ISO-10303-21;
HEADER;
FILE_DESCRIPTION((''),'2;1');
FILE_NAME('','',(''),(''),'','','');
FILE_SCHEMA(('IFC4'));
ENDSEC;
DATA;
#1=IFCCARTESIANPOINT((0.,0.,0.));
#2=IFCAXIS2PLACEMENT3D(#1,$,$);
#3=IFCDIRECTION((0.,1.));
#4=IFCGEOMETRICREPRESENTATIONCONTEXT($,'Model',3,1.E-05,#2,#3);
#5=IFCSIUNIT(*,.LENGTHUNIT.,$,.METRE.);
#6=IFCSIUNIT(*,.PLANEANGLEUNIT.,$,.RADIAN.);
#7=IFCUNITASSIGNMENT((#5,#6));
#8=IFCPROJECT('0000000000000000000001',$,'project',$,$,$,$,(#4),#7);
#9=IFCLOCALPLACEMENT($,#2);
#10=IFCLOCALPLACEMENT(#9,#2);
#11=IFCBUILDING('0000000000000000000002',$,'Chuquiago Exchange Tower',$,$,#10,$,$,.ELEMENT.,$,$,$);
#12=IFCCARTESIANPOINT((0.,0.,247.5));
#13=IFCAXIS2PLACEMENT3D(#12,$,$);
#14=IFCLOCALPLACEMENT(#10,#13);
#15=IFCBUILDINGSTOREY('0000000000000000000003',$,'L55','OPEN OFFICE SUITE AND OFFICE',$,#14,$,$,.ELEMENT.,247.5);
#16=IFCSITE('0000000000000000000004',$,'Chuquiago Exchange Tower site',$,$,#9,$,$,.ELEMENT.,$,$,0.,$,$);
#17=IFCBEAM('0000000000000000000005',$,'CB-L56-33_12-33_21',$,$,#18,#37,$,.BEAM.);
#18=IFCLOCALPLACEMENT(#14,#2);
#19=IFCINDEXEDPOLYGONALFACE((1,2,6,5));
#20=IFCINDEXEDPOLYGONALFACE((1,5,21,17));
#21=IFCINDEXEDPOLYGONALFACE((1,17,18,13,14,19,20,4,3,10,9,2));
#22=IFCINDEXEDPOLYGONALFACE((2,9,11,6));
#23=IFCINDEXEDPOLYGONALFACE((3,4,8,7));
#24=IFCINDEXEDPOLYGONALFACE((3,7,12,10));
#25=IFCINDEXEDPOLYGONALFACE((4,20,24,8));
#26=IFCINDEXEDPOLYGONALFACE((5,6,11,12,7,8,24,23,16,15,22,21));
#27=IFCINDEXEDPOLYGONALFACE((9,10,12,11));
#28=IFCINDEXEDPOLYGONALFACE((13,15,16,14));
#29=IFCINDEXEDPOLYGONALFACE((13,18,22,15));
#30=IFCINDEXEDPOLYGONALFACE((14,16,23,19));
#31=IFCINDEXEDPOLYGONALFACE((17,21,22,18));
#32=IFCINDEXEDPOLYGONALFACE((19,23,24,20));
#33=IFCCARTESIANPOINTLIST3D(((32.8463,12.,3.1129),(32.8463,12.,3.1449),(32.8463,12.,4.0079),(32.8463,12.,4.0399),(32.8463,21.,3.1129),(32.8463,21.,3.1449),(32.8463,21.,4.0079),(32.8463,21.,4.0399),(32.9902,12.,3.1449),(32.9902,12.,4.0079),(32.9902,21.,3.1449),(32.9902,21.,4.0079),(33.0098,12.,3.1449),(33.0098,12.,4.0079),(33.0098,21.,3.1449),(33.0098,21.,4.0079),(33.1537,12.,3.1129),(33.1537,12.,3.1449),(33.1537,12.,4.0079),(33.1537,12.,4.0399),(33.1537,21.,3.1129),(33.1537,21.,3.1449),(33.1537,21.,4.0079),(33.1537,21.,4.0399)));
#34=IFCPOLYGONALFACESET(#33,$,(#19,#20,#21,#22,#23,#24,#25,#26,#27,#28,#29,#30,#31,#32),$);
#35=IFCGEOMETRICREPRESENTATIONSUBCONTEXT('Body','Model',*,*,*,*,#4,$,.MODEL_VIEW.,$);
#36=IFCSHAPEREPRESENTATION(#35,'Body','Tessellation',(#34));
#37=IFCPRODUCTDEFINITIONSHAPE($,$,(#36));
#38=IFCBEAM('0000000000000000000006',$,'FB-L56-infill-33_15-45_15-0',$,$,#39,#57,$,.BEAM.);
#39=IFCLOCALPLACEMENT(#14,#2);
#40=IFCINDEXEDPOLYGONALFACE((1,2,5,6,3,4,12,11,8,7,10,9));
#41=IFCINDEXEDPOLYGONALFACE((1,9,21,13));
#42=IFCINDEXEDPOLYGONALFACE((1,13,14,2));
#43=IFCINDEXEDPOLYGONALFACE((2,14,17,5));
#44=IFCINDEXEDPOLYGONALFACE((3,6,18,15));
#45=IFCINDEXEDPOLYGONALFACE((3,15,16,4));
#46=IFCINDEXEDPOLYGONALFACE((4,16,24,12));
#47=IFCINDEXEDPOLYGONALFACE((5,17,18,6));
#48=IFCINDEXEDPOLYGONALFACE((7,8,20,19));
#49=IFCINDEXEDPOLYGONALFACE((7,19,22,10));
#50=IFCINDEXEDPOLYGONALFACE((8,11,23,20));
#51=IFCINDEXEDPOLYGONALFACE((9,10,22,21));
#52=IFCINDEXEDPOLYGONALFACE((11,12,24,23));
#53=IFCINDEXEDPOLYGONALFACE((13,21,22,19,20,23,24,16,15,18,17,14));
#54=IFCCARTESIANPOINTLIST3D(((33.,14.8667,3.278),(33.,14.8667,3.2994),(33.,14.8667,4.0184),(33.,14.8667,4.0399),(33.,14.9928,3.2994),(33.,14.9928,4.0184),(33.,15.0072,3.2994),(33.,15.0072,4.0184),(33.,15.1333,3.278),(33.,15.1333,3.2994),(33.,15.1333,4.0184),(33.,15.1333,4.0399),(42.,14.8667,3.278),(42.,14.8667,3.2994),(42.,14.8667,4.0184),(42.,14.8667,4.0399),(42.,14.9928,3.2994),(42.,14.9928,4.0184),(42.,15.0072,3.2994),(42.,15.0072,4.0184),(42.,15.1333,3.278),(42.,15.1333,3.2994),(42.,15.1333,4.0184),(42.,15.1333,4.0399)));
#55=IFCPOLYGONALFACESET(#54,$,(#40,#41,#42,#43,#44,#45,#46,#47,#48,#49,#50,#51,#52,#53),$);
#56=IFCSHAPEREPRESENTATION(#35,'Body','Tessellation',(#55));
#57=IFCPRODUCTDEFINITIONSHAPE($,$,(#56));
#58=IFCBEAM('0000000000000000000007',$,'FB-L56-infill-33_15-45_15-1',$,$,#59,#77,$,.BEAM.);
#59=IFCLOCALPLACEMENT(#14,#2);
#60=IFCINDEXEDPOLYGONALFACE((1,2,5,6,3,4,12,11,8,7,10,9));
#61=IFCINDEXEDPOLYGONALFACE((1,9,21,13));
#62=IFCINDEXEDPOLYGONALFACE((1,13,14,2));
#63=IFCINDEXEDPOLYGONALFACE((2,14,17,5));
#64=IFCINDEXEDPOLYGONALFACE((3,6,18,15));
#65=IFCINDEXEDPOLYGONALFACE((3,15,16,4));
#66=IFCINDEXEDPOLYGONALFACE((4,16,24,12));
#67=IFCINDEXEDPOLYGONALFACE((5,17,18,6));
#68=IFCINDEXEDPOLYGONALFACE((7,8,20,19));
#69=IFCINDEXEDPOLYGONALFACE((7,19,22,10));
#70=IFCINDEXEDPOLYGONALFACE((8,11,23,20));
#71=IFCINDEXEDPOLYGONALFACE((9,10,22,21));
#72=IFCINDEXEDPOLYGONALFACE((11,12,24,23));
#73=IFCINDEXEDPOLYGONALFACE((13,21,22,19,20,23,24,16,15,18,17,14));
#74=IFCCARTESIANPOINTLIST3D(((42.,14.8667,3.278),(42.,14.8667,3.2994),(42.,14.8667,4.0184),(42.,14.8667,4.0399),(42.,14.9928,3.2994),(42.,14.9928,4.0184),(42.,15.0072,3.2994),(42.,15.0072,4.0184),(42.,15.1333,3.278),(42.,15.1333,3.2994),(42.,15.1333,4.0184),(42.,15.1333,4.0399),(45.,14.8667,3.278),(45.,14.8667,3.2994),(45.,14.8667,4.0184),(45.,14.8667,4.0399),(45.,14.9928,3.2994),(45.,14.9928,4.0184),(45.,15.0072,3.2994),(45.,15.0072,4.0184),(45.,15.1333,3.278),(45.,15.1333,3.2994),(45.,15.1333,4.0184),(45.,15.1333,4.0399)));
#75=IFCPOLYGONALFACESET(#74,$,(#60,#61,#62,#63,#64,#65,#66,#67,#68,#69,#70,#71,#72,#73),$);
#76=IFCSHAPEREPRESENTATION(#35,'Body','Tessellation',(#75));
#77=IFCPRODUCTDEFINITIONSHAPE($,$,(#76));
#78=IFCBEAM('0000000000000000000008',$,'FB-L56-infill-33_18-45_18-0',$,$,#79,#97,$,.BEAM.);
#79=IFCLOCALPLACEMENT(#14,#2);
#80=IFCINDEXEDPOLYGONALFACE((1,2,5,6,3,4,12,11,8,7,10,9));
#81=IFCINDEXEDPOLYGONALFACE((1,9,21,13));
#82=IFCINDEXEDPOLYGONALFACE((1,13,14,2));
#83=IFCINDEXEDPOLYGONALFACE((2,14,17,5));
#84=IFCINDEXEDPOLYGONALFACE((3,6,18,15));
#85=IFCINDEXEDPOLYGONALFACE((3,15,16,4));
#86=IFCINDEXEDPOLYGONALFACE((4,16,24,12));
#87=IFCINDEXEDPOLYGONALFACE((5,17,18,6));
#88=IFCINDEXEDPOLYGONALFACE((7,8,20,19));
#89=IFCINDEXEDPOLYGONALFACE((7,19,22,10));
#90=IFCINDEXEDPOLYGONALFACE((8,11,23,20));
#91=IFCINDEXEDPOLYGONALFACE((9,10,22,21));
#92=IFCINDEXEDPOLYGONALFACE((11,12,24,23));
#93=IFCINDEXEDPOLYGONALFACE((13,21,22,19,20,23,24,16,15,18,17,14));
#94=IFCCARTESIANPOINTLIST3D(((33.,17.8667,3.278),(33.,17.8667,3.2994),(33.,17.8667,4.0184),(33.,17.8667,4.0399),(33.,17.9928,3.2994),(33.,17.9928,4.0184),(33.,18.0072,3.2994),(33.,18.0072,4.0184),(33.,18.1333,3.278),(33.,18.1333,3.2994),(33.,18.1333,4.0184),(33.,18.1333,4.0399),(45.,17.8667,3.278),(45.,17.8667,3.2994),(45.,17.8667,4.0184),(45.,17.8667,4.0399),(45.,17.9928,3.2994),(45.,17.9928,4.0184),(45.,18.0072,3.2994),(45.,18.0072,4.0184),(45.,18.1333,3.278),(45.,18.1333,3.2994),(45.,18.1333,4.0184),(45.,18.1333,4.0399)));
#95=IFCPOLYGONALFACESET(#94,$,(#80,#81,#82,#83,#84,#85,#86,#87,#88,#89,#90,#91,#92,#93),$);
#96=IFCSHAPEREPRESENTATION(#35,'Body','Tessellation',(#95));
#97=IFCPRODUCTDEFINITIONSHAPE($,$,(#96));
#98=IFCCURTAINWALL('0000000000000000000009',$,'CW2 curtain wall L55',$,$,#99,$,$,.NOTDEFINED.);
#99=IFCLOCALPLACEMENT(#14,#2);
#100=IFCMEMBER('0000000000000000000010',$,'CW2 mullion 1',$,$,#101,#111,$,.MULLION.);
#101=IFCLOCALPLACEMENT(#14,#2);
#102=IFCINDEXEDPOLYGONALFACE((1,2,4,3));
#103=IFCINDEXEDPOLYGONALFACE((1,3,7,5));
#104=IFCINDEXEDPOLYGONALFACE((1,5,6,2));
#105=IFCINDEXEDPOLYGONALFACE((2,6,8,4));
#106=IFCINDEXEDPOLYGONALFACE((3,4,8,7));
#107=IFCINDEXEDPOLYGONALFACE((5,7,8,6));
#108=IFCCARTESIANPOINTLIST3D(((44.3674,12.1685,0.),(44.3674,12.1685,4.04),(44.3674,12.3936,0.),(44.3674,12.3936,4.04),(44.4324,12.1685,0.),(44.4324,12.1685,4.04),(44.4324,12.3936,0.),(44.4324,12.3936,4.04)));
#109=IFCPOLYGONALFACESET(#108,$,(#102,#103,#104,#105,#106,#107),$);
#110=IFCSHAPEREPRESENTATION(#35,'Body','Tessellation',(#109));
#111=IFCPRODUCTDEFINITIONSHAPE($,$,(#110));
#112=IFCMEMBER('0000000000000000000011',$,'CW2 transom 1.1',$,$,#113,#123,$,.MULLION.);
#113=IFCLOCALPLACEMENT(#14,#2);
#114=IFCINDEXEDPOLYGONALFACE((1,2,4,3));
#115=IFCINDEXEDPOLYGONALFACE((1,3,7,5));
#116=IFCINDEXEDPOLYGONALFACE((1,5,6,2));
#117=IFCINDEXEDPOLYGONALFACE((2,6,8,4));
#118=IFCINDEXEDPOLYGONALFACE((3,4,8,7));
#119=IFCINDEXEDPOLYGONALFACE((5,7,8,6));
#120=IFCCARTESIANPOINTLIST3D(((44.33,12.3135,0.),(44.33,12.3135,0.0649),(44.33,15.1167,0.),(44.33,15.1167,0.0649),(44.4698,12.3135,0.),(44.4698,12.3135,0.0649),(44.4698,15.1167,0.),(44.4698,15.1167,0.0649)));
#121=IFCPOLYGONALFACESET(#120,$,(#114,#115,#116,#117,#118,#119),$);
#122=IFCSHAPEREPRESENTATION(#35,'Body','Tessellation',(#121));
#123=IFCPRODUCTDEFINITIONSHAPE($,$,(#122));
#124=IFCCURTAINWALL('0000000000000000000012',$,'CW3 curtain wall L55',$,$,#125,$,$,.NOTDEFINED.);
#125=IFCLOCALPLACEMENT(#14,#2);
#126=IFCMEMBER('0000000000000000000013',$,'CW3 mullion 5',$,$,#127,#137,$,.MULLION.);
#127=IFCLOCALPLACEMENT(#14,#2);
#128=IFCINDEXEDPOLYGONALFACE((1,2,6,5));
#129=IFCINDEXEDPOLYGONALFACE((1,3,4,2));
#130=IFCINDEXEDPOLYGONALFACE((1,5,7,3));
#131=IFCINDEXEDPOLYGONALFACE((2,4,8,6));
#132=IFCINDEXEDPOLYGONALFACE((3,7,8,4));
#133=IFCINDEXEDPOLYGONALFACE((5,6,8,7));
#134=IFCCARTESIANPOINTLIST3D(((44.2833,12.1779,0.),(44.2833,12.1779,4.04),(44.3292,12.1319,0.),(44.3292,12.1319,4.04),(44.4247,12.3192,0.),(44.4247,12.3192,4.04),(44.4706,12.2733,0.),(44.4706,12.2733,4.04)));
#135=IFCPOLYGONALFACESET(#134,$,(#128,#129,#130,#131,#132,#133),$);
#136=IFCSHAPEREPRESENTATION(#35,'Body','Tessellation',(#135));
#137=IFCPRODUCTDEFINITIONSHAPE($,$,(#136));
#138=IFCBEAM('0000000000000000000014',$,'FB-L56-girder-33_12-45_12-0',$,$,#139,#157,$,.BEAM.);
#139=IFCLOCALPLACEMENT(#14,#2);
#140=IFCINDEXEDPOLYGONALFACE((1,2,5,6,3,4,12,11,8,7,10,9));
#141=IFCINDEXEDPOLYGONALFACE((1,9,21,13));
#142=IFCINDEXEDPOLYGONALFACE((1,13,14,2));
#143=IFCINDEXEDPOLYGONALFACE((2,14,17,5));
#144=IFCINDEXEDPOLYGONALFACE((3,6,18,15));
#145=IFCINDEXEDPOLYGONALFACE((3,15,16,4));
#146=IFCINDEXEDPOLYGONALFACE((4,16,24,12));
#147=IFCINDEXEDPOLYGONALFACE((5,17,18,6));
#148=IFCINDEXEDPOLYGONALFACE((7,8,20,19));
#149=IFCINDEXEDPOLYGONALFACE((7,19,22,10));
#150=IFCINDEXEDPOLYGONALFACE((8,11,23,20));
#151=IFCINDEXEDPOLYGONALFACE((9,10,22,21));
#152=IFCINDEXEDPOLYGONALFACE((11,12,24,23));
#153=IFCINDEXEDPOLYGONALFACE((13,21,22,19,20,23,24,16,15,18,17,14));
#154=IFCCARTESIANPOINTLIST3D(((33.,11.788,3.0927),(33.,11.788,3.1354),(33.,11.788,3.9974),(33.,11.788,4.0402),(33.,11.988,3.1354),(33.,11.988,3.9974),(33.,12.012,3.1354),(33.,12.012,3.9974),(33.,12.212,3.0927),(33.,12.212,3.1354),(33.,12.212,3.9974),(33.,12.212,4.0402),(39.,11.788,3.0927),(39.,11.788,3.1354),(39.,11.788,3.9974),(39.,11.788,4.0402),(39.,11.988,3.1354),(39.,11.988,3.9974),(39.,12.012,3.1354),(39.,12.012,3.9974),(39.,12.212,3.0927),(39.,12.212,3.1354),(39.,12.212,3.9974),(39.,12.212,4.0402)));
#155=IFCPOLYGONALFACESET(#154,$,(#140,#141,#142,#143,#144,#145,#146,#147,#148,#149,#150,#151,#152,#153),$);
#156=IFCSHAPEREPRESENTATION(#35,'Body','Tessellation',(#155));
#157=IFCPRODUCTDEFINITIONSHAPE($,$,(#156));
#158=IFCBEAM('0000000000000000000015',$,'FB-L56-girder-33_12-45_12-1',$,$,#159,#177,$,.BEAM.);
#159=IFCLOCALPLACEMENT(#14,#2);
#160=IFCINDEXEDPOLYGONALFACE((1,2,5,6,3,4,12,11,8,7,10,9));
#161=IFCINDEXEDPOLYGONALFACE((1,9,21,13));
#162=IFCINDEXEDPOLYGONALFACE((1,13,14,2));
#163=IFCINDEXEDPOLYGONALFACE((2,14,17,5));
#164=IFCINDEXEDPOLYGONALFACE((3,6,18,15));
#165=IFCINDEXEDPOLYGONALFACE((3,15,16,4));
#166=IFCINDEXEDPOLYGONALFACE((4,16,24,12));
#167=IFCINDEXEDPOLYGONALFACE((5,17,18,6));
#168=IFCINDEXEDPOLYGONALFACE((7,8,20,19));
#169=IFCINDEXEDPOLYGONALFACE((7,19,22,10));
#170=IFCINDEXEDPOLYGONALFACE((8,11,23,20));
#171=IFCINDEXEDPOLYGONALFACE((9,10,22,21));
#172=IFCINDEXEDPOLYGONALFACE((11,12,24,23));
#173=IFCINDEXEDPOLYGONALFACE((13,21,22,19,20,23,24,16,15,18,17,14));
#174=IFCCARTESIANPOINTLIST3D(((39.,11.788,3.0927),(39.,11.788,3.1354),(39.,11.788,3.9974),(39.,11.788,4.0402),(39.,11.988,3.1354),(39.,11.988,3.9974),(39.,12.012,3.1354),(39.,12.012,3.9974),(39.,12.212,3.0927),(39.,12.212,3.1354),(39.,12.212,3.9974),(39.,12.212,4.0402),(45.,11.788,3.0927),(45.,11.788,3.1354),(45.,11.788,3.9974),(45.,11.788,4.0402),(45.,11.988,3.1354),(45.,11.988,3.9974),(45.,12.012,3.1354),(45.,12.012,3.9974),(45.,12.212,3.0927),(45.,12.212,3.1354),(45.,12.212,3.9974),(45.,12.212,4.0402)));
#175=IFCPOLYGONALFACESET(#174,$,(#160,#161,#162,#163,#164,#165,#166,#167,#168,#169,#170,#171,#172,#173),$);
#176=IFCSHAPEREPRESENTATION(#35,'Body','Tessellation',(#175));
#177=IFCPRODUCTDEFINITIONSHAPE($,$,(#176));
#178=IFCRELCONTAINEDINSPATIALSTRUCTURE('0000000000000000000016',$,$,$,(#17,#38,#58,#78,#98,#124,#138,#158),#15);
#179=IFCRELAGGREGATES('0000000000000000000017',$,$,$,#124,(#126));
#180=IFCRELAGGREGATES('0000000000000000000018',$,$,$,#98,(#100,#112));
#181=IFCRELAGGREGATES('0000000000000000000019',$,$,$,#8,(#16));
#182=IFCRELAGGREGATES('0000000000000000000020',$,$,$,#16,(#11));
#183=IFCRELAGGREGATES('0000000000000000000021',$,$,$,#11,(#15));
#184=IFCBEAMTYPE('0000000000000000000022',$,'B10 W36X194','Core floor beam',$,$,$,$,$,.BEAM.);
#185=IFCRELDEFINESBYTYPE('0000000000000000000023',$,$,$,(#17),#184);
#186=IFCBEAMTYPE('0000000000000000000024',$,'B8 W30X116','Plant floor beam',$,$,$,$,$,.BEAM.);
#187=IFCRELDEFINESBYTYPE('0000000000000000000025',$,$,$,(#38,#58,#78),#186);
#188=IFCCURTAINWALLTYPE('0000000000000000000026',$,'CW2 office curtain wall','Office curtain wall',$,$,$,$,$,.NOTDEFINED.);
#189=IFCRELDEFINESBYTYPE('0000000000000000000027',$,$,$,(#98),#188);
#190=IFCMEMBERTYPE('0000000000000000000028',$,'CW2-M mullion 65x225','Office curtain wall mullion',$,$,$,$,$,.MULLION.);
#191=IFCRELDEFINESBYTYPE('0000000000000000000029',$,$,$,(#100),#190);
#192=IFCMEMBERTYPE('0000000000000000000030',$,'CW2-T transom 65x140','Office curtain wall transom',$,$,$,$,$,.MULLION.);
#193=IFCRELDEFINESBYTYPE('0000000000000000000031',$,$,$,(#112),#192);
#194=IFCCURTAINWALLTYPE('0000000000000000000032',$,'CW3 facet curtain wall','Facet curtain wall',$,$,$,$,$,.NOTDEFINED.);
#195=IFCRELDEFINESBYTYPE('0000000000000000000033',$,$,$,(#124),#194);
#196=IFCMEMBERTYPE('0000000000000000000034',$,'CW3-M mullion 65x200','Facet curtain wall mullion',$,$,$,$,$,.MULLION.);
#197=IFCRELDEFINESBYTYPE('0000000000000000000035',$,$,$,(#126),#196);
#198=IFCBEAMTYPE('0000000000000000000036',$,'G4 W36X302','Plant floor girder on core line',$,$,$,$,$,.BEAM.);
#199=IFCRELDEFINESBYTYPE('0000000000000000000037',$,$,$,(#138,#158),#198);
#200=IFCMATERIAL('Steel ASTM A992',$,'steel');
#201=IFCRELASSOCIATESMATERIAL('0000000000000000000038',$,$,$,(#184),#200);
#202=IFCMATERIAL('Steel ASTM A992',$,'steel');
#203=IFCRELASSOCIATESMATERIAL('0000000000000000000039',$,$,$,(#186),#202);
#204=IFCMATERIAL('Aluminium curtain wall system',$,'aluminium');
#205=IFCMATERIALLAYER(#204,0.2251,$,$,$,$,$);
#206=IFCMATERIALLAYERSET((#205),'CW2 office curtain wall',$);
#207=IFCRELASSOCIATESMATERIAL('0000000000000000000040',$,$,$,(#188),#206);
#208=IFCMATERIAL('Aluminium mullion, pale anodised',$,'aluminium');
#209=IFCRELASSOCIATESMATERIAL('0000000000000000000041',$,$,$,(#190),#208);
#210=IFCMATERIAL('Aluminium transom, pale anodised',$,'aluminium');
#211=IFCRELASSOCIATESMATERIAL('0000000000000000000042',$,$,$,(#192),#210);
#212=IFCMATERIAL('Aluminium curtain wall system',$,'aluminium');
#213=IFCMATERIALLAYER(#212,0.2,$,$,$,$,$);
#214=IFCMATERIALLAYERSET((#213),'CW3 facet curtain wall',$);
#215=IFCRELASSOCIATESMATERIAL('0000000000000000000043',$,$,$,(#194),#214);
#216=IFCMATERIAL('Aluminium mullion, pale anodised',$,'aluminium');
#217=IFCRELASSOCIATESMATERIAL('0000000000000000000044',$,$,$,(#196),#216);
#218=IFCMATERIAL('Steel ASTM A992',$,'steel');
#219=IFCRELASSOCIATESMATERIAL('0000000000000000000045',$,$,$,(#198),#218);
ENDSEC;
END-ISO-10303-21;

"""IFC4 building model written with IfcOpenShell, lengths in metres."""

from ifc_helpers import new_model, si_unit, direction, frame, origin, origin_2d, place, context, subcontext, project, spatial, rectangle, i_section, extrude, material, layer, layer_set, material_profile, profile_set, type_object, element, aggregate, save


model = new_model("IFC4")

# Units and contexts
model_context = context("Model", 3, precision=1e-05, world=origin(), true_north=direction((0.0, 1.0)))
body_context = subcontext(model_context, "Body", "Model", "MODEL_VIEW")
ifc_project = project(units=[si_unit("LENGTHUNIT", "METRE"), si_unit("PLANEANGLEUNIT", "RADIAN")], contexts=[model_context])

# Site, building, storey
site_placement = place(None, origin())
site = spatial("IfcSite", under=ifc_project, at=site_placement, Name="Chuquiago Exchange Tower site", CompositionType="ELEMENT", RefElevation=0.0)
building_placement = place(site_placement, origin())
building = spatial("IfcBuilding", under=site, at=building_placement, Name="Chuquiago Exchange Tower", CompositionType="ELEMENT")
storey_placement = place(building_placement, frame((0.0, 0.0, 247.5)))
storey = spatial("IfcBuildingStorey", under=building, at=storey_placement, Name="L55", Description="OPEN OFFICE SUITE AND OFFICE", CompositionType="ELEMENT", Elevation=247.5)

# Beams
ifc_material_1 = material(Name="Steel ASTM A992", Category="steel")
ifc_material_profile_1 = material_profile(ifc_material_1, i_section(OverallWidth=0.3074, OverallDepth=0.927, WebThickness=0.0195, FlangeThickness=0.032, at=origin_2d()), Name="W36X194")
ifc_profile_set_1 = profile_set([ifc_material_profile_1], Name="Steel ASTM A992")
beam_type_1 = type_object("IfcBeamType", Name="B10 W36X194", Description="Core floor beam", PredefinedType="BEAM", material=ifc_profile_set_1)
beam_1_placement = place(storey_placement, frame((33.0, 12.0, 3.5764), z_axis=(0.0, 1.0, 0.0), x_axis=(-1.0, 0.0, 0.0)))
element("IfcBeam", 1, at=beam_1_placement, inside=storey, type_object=beam_type_1, Name="CB-L56-33_12-33_21", PredefinedType="BEAM", context=body_context, shape_type="SweptSolid", body=[
    extrude(i_section(OverallWidth=0.3074, OverallDepth=0.927, WebThickness=0.0195, FlangeThickness=0.032, at=origin_2d()), origin(), (0.0, 0.0, 1.0), 9.0),
])
ifc_material_2 = material(Name="Steel ASTM A992", Category="steel")
ifc_material_profile_2 = material_profile(ifc_material_2, i_section(OverallWidth=0.2666, OverallDepth=0.762, WebThickness=0.0144, FlangeThickness=0.0215, at=origin_2d()), Name="W30X116")
ifc_profile_set_2 = profile_set([ifc_material_profile_2], Name="Steel ASTM A992")
beam_type_2 = type_object("IfcBeamType", Name="B8 W30X116", Description="Plant floor beam", PredefinedType="BEAM", material=ifc_profile_set_2)
beam_2_placement = place(storey_placement, frame((33.0, 15.0, 3.6589), z_axis=(1.0, 0.0, 0.0), x_axis=(0.0, 1.0, 0.0)))
element("IfcBeam", 2, at=beam_2_placement, inside=storey, type_object=beam_type_2, Name="FB-L56-infill-33_15-45_15-0", PredefinedType="BEAM", context=body_context, shape_type="SweptSolid", body=[
    extrude(i_section(OverallWidth=0.2666, OverallDepth=0.762, WebThickness=0.0144, FlangeThickness=0.0215, at=origin_2d()), origin(), (0.0, 0.0, 1.0), 9.0),
])
beam_3_placement = place(storey_placement, frame((42.0, 15.0, 3.6589), z_axis=(1.0, 0.0, 0.0), x_axis=(0.0, 1.0, 0.0)))
element("IfcBeam", 3, at=beam_3_placement, inside=storey, type_object=beam_type_2, Name="FB-L56-infill-33_15-45_15-1", PredefinedType="BEAM", context=body_context, shape_type="SweptSolid", body=[
    extrude(i_section(OverallWidth=0.2666, OverallDepth=0.762, WebThickness=0.0144, FlangeThickness=0.0215, at=origin_2d()), origin(), (0.0, 0.0, 1.0), 3.0),
])
beam_4_placement = place(storey_placement, frame((33.0, 18.0, 3.6589), z_axis=(1.0, 0.0, 0.0), x_axis=(0.0, 1.0, 0.0)))
element("IfcBeam", 4, at=beam_4_placement, inside=storey, type_object=beam_type_2, Name="FB-L56-infill-33_18-45_18-0", PredefinedType="BEAM", context=body_context, shape_type="SweptSolid", body=[
    extrude(i_section(OverallWidth=0.2666, OverallDepth=0.762, WebThickness=0.0144, FlangeThickness=0.0215, at=origin_2d()), origin(), (0.0, 0.0, 1.0), 12.0),
])

# Curtain wall, members
ifc_material_3 = material(Name="Aluminium curtain wall system", Category="aluminium")
ifc_layer_1 = layer(ifc_material_3, 0.2251)
ifc_layer_set_1 = layer_set([ifc_layer_1], Name="CW2 office curtain wall")
curtain_wall_type_1 = type_object("IfcCurtainWallType", Name="CW2 office curtain wall", Description="Office curtain wall", PredefinedType="NOTDEFINED", material=ifc_layer_set_1)
curtain_wall_1_placement = place(storey_placement, origin())
curtain_wall_1 = element("IfcCurtainWall", 5, at=curtain_wall_1_placement, inside=storey, type_object=curtain_wall_type_1, Name="CW2 curtain wall L55", PredefinedType="NOTDEFINED")
ifc_material_4 = material(Name="Aluminium mullion, pale anodised", Category="aluminium")
ifc_material_profile_3 = material_profile(ifc_material_4, rectangle(XDim=0.0649, YDim=0.2251, at=origin_2d()), Name="AL 65x225")
ifc_profile_set_3 = profile_set([ifc_material_profile_3], Name="Aluminium mullion, pale anodised")
member_type_1 = type_object("IfcMemberType", Name="CW2-M mullion 65x225", Description="Office curtain wall mullion", PredefinedType="MULLION", material=ifc_profile_set_3)
member_1_placement = place(storey_placement, frame((44.3999, 12.281, 0.0), z_axis=(0.0, 0.0, 1.0), x_axis=(-1.0, 0.0, 0.0)))
member_1 = element("IfcMember", 6, at=member_1_placement, type_object=member_type_1, Name="CW2 mullion 1", PredefinedType="MULLION", context=body_context, shape_type="SweptSolid", body=[
    extrude(rectangle(XDim=0.0649, YDim=0.2251, at=origin_2d()), origin(), (0.0, 0.0, 1.0), 4.04),
])
ifc_material_5 = material(Name="Aluminium transom, pale anodised", Category="aluminium")
ifc_material_profile_4 = material_profile(ifc_material_5, rectangle(XDim=0.1399, YDim=0.0649, at=origin_2d()), Name="AL 140x65")
ifc_profile_set_4 = profile_set([ifc_material_profile_4], Name="Aluminium transom, pale anodised")
member_type_2 = type_object("IfcMemberType", Name="CW2-T transom 65x140", Description="Office curtain wall transom", PredefinedType="MULLION", material=ifc_profile_set_4)
member_2_placement = place(storey_placement, frame((44.3999, 12.3135, 0.0325), z_axis=(0.0, 1.0, 0.0), x_axis=(-1.0, 0.0, 0.0)))
member_2 = element("IfcMember", 7, at=member_2_placement, type_object=member_type_2, Name="CW2 transom 1.1", PredefinedType="MULLION", context=body_context, shape_type="SweptSolid", body=[
    extrude(rectangle(XDim=0.1399, YDim=0.0649, at=origin_2d()), origin(), (0.0, 0.0, 1.0), 2.8032),
])

# Curtain wall, member
ifc_material_6 = material(Name="Aluminium curtain wall system", Category="aluminium")
ifc_layer_2 = layer(ifc_material_6, 0.2)
ifc_layer_set_2 = layer_set([ifc_layer_2], Name="CW3 facet curtain wall")
curtain_wall_type_2 = type_object("IfcCurtainWallType", Name="CW3 facet curtain wall", Description="Facet curtain wall", PredefinedType="NOTDEFINED", material=ifc_layer_set_2)
curtain_wall_2_placement = place(storey_placement, origin())
curtain_wall_2 = element("IfcCurtainWall", 8, at=curtain_wall_2_placement, inside=storey, type_object=curtain_wall_type_2, Name="CW3 curtain wall L55", PredefinedType="NOTDEFINED")
ifc_material_7 = material(Name="Aluminium mullion, pale anodised", Category="aluminium")
ifc_material_profile_5 = material_profile(ifc_material_7, rectangle(XDim=0.0649, YDim=0.2, at=origin_2d()), Name="AL 65x200")
ifc_profile_set_5 = profile_set([ifc_material_profile_5], Name="Aluminium mullion, pale anodised")
member_type_3 = type_object("IfcMemberType", Name="CW3-M mullion 65x200", Description="Facet curtain wall mullion", PredefinedType="MULLION", material=ifc_profile_set_5)
member_3_placement = place(storey_placement, frame((44.377, 12.2256, 0.0), z_axis=(0.0, 0.0, 1.0), x_axis=(-0.707107, 0.707107, 0.0)))
member_3 = element("IfcMember", 9, at=member_3_placement, type_object=member_type_3, Name="CW3 mullion 5", PredefinedType="MULLION", context=body_context, shape_type="SweptSolid", body=[
    extrude(rectangle(XDim=0.0649, YDim=0.2, at=origin_2d()), origin(), (0.0, 0.0, 1.0), 4.04),
])
aggregate(curtain_wall_2, [member_3])

# Beams
ifc_material_8 = material(Name="Steel ASTM A992", Category="steel")
ifc_material_profile_6 = material_profile(ifc_material_8, i_section(OverallWidth=0.4241, OverallDepth=0.9475, WebThickness=0.0239, FlangeThickness=0.0427, at=origin_2d()), Name="W36X302")
ifc_profile_set_6 = profile_set([ifc_material_profile_6], Name="Steel ASTM A992")
beam_type_3 = type_object("IfcBeamType", Name="G4 W36X302", Description="Plant floor girder on core line", PredefinedType="BEAM", material=ifc_profile_set_6)
for number, where, z_axis, x_axis, name in (
    (10, (33.0, 12.0, 3.5664), (1.0, 0.0, 0.0), (0.0, 1.0, 0.0), "FB-L56-girder-33_12-45_12-0"),
    (11, (39.0, 12.0, 3.5664), (1.0, 0.0, 0.0), (0.0, 1.0, 0.0), "FB-L56-girder-33_12-45_12-1"),
):
    element("IfcBeam", number, at=place(storey_placement, frame(where, z_axis=z_axis, x_axis=x_axis)), inside=storey, type_object=beam_type_3, Name=name, PredefinedType="BEAM", context=body_context, shape_type="SweptSolid", body=[
        extrude(i_section(OverallWidth=0.4241, OverallDepth=0.9475, WebThickness=0.0239, FlangeThickness=0.0427, at=origin_2d()), origin(), (0.0, 0.0, 1.0), 6.0),
    ])

aggregate(curtain_wall_1, [member_1, member_2])

save(model, "model.ifc")
